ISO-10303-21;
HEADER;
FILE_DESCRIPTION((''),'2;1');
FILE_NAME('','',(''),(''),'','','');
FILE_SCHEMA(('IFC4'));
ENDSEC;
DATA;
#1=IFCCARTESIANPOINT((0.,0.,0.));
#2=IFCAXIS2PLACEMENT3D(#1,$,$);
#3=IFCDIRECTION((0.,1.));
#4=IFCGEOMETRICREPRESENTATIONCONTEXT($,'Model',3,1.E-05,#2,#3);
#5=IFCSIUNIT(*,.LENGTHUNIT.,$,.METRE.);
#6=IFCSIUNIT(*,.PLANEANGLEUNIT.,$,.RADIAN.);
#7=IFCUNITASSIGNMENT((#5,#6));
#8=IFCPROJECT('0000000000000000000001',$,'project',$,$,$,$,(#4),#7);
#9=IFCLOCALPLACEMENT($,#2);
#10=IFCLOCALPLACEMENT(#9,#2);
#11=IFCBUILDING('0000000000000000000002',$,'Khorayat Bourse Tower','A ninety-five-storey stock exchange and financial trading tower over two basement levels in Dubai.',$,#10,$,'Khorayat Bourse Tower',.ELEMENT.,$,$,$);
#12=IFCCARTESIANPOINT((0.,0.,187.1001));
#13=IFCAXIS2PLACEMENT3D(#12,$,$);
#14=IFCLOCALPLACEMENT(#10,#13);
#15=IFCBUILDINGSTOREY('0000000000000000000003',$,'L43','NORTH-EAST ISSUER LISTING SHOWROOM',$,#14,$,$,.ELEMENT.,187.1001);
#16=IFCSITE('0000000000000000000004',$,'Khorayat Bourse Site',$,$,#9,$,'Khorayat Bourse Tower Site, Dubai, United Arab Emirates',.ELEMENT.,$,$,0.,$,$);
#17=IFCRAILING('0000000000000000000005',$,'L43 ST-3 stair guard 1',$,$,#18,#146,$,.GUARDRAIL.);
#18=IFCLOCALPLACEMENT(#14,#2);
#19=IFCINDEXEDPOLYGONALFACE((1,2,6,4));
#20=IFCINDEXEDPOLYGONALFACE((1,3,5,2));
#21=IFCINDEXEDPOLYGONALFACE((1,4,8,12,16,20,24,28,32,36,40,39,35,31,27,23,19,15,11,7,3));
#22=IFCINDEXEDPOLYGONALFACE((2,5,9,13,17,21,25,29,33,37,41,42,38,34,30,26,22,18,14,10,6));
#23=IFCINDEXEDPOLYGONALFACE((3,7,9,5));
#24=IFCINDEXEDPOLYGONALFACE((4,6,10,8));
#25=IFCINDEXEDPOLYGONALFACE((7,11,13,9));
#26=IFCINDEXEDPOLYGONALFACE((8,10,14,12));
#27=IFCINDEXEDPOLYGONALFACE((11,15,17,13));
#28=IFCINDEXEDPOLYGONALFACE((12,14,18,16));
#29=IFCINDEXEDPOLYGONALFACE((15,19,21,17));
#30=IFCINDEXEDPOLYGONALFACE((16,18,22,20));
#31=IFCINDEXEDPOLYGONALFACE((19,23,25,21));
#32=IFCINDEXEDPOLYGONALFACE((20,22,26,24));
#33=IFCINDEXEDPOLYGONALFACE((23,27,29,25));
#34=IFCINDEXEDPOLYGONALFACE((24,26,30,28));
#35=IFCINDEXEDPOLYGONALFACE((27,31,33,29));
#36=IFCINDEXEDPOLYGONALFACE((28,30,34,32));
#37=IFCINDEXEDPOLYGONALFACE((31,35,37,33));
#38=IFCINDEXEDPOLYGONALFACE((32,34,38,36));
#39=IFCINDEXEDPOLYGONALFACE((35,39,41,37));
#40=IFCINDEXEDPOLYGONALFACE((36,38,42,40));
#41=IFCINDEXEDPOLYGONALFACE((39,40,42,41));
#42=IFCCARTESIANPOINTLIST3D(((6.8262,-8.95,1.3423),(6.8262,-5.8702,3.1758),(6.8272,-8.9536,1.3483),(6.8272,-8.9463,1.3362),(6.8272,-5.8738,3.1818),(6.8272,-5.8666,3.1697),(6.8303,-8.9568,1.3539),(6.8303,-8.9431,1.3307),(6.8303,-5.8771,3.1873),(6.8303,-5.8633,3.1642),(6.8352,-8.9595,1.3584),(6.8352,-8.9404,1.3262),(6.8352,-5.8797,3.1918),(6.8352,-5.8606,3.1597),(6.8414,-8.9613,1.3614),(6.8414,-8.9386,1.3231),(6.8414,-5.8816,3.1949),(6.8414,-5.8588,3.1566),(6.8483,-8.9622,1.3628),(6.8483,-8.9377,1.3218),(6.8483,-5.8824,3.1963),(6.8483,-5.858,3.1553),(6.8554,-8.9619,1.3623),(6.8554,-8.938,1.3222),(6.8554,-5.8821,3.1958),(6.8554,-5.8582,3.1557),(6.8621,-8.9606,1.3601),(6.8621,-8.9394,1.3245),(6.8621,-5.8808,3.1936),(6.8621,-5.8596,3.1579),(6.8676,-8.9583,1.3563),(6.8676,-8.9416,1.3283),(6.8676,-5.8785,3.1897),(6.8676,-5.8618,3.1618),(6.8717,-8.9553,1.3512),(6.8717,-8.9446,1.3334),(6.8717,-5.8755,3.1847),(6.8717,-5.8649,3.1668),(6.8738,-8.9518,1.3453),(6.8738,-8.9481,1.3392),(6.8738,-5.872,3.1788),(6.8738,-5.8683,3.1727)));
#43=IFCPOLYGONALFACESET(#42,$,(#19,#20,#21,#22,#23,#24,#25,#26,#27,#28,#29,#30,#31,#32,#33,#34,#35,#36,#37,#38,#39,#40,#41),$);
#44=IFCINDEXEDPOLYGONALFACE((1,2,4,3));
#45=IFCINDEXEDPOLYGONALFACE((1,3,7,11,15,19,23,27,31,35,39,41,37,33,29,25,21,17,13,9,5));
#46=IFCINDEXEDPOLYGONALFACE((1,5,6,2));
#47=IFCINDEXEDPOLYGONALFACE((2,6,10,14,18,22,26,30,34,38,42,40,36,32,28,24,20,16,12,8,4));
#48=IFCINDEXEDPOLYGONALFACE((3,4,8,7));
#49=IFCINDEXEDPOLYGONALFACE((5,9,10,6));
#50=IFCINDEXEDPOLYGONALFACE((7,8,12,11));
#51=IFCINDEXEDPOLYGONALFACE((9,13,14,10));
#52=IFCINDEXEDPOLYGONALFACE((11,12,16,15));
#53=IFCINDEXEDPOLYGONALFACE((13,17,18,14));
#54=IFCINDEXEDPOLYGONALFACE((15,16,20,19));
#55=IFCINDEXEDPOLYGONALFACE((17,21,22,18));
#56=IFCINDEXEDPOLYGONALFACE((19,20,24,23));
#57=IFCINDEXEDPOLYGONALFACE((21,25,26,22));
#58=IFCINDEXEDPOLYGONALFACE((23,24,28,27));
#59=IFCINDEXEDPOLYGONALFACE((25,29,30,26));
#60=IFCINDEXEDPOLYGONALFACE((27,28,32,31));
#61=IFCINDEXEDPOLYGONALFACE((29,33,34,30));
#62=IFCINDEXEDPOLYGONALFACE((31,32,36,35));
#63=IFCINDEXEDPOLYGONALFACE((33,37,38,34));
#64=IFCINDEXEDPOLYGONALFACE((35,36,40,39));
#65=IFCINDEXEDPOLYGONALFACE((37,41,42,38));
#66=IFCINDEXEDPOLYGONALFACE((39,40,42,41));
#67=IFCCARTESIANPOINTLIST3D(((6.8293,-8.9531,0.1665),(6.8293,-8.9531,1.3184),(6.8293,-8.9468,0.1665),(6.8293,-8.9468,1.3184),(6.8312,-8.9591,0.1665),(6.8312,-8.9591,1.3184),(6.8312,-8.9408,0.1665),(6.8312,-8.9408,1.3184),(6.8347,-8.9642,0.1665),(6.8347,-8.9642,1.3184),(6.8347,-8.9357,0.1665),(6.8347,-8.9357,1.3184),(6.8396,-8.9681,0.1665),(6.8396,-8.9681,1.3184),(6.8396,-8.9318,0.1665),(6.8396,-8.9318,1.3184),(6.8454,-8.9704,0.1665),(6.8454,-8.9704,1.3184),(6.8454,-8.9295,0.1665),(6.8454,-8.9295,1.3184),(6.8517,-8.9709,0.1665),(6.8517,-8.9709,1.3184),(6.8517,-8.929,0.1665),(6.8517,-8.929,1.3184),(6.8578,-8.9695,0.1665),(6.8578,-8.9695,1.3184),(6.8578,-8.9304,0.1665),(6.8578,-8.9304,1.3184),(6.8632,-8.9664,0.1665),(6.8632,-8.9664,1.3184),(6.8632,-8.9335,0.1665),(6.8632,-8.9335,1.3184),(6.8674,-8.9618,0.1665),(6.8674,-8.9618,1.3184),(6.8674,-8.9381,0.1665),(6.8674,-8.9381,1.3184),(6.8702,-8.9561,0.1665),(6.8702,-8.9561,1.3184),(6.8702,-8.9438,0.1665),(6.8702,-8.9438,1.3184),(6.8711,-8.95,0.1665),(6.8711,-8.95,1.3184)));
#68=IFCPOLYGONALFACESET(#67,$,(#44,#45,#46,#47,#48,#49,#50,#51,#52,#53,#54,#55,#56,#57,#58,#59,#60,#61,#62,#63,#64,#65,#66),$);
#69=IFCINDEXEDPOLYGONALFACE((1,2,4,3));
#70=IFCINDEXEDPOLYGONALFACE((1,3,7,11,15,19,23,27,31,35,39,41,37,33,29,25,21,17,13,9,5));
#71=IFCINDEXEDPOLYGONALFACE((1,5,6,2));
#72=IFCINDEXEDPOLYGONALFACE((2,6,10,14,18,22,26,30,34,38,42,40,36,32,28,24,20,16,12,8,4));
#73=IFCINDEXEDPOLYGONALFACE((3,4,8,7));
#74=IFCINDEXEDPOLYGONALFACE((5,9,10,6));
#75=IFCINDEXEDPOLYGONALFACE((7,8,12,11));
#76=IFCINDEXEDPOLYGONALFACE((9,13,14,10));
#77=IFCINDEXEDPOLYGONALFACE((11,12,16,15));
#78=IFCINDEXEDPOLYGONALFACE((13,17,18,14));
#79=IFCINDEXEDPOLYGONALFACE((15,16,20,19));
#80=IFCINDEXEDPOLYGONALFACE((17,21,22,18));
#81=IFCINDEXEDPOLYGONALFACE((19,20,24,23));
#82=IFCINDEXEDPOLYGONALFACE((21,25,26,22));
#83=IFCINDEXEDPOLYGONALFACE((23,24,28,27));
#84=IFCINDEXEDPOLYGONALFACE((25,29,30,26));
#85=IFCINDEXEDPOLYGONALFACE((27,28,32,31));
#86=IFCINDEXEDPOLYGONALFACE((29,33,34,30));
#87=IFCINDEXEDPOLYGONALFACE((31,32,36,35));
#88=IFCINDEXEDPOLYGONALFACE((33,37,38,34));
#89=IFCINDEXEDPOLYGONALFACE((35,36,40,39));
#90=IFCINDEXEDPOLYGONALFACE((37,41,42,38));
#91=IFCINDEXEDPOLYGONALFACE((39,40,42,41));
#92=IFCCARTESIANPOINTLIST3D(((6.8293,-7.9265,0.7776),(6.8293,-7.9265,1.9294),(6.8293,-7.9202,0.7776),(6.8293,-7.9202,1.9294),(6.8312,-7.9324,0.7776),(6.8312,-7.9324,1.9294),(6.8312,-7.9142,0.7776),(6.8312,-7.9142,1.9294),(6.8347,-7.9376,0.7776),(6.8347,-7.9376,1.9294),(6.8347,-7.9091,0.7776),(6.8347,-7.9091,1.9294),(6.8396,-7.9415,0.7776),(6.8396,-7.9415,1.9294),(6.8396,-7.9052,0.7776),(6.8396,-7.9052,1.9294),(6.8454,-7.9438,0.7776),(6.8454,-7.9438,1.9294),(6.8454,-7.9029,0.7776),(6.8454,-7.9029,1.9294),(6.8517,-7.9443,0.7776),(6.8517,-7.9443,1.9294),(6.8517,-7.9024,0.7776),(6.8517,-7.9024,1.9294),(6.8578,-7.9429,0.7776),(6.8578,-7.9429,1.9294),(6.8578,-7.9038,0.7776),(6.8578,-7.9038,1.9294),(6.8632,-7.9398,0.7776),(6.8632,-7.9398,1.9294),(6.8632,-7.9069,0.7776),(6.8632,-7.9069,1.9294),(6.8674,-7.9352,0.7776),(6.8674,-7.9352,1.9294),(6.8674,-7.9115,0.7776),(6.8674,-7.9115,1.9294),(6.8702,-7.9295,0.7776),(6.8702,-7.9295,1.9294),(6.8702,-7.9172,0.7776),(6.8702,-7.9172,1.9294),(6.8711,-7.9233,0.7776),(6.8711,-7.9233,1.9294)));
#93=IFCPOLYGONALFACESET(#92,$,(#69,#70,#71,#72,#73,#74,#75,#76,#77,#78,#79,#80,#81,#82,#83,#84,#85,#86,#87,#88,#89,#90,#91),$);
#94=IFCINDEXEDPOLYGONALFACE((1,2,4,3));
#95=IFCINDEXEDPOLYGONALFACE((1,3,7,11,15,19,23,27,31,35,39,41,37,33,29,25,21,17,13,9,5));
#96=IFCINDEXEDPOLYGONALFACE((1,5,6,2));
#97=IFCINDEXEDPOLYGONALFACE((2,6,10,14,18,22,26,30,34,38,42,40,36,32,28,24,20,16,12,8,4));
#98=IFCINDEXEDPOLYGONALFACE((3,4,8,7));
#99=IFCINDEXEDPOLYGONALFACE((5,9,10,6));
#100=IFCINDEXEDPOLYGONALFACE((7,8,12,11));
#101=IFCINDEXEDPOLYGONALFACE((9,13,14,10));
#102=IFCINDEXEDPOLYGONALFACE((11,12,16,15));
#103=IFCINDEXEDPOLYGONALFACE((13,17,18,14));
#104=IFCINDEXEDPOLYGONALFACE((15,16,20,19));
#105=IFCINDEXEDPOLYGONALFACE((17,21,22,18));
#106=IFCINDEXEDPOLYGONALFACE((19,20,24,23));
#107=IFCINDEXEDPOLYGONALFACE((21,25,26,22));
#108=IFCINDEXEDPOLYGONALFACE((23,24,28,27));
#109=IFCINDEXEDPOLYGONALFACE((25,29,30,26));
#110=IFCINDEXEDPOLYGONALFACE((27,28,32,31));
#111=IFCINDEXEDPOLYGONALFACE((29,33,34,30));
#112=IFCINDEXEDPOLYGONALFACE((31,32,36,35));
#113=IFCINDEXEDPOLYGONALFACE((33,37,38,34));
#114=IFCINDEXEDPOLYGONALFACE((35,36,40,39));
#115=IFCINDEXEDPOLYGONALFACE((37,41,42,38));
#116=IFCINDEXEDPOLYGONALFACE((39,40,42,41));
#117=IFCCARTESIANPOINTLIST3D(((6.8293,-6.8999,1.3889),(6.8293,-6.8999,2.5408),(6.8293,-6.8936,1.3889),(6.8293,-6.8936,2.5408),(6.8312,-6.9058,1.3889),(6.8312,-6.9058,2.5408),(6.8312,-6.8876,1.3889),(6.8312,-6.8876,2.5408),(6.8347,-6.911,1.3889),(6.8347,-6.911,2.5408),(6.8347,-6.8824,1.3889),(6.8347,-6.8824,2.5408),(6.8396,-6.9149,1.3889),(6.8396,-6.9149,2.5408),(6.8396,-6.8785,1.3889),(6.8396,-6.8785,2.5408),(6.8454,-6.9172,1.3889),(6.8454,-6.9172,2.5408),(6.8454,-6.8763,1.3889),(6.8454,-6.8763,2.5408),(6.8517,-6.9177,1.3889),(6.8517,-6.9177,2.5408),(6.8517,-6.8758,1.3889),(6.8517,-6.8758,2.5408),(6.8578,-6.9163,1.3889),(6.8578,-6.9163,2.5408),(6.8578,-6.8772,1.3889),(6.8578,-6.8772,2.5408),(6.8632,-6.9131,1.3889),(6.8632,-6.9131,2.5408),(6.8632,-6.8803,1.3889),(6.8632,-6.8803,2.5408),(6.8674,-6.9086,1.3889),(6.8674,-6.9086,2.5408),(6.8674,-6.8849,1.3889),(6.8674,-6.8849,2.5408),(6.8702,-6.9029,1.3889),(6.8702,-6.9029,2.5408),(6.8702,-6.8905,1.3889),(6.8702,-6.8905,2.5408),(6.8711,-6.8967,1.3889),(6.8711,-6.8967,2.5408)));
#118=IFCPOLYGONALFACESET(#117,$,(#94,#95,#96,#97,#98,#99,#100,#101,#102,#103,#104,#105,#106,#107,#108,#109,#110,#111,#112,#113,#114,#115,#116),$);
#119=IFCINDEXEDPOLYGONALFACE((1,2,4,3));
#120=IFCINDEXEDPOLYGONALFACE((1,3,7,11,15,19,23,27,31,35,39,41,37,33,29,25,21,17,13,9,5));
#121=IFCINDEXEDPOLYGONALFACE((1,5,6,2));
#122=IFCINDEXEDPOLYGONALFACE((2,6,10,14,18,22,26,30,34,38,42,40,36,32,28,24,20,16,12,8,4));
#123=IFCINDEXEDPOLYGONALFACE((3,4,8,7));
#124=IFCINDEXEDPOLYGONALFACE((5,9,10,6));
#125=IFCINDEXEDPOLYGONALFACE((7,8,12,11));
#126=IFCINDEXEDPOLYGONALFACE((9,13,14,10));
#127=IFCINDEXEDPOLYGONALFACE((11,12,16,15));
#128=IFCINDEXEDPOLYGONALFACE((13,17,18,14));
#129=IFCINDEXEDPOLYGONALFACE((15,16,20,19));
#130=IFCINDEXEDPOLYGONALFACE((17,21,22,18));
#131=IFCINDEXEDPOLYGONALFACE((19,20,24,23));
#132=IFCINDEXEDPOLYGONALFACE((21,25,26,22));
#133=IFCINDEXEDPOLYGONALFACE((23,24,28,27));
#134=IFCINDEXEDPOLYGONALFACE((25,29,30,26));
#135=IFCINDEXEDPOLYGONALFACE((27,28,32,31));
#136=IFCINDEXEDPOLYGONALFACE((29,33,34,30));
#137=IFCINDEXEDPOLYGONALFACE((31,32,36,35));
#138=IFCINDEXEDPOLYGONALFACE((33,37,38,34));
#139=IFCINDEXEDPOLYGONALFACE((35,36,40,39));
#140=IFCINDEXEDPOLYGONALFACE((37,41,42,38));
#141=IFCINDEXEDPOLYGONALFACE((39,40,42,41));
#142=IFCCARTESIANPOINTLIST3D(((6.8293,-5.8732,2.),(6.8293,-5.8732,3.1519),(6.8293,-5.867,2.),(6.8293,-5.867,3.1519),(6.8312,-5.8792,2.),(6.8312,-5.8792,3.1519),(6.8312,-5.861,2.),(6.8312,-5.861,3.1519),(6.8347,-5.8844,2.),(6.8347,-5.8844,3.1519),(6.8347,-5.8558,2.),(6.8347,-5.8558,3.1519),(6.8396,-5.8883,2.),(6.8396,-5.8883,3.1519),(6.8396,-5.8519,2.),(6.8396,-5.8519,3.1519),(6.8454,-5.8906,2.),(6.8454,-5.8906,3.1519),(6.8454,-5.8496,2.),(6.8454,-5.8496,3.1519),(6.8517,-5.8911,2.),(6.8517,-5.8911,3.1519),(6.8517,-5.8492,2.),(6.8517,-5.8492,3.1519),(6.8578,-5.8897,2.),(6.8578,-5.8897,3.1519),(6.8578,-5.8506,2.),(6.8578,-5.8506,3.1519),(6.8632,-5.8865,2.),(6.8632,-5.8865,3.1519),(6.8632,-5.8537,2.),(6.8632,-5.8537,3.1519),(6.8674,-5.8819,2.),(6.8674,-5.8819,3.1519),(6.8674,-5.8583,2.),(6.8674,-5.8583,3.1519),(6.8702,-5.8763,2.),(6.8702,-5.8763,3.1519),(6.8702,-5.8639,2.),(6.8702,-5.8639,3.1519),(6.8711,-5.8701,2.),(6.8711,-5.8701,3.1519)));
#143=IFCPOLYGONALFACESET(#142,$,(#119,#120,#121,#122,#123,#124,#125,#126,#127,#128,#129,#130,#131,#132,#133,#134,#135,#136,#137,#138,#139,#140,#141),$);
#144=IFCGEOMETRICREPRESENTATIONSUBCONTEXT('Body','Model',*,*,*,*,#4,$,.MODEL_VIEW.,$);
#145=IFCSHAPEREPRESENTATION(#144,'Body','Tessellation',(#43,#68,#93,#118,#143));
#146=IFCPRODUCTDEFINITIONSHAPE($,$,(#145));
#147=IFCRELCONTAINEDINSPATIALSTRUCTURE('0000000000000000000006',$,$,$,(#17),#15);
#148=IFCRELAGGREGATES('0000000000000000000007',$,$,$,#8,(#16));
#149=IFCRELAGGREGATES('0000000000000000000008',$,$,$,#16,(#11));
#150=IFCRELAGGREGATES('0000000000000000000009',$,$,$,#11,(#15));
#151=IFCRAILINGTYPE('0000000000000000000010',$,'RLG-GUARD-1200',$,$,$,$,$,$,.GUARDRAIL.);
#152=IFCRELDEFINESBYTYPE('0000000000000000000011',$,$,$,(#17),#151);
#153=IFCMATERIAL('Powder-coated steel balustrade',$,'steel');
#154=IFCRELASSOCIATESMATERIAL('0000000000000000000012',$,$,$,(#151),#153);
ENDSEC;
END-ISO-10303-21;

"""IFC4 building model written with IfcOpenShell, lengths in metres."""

from ifc_helpers import new_model, si_unit, direction, frame, origin, origin_2d, place, context, subcontext, project, spatial, circle, extrude, source, transform, mapped, material, type_object, element, save


model = new_model("IFC4")

# Units and contexts
model_context = context("Model", 3, precision=1e-05, world=origin(), true_north=direction((0.0, 1.0)))
body_context = subcontext(model_context, "Body", "Model", "MODEL_VIEW")
ifc_project = project(units=[si_unit("LENGTHUNIT", "METRE"), si_unit("PLANEANGLEUNIT", "RADIAN")], contexts=[model_context])

# Site, building, storey
site_placement = place(None, origin())
site = spatial("IfcSite", under=ifc_project, at=site_placement, Name="Khorayat Bourse Site", LongName="Khorayat Bourse Tower Site, Dubai, United Arab Emirates", CompositionType="ELEMENT", RefElevation=0.0)
building_placement = place(site_placement, origin())
building = spatial("IfcBuilding", under=site, at=building_placement, Name="Khorayat Bourse Tower", Description="A ninety-five-storey stock exchange and financial trading tower over two basement levels in Dubai.", LongName="Khorayat Bourse Tower", CompositionType="ELEMENT")
storey_placement = place(building_placement, frame((0.0, 0.0, 187.1001)))
storey = spatial("IfcBuildingStorey", under=building, at=storey_placement, Name="L43", Description="NORTH-EAST ISSUER LISTING SHOWROOM", CompositionType="ELEMENT", Elevation=187.1001)

# Railing
ifc_material_1 = material(Name="Powder-coated steel balustrade", Category="steel")
railing_type_1 = type_object("IfcRailingType", Name="RLG-GUARD-1200", PredefinedType="GUARDRAIL", material=ifc_material_1)
shared_shape_1 = source(origin(), body_context, "Body", "SweptSolid", [
    extrude(circle(Radius=0.0239, at=origin_2d()), frame((0.0, 0.0, 1.1758), z_axis=(0.0, 0.859261, 0.511538), x_axis=(-1.0, 0.0, 0.0)), (0.0, 0.0, 1.0), 3.5842),
    extrude(circle(Radius=0.021, at=origin_2d()), origin(), (0.0, 0.0, 1.0), 1.1519),
    extrude(circle(Radius=0.021, at=origin_2d()), frame((0.0, 1.0266, 0.6111)), (0.0, 0.0, 1.0), 1.1519),
    extrude(circle(Radius=0.021, at=origin_2d()), frame((0.0, 2.0532, 1.2224)), (0.0, 0.0, 1.0), 1.1519),
    extrude(circle(Radius=0.021, at=origin_2d()), frame((0.0, 3.0798, 1.8335)), (0.0, 0.0, 1.0), 1.1519),
])
railing_1_placement = place(storey_placement, frame((6.8501, -8.95, 0.1665)))
element("IfcRailing", 1, at=railing_1_placement, inside=storey, type_object=railing_type_1, Name="L43 ST-3 stair guard 1", PredefinedType="GUARDRAIL", context=body_context, shape_type="MappedRepresentation", body=[
    mapped(shared_shape_1, transform((0.0, 0.0, 0.0), scale=1.0)),
])

save(model, "model.ifc")
